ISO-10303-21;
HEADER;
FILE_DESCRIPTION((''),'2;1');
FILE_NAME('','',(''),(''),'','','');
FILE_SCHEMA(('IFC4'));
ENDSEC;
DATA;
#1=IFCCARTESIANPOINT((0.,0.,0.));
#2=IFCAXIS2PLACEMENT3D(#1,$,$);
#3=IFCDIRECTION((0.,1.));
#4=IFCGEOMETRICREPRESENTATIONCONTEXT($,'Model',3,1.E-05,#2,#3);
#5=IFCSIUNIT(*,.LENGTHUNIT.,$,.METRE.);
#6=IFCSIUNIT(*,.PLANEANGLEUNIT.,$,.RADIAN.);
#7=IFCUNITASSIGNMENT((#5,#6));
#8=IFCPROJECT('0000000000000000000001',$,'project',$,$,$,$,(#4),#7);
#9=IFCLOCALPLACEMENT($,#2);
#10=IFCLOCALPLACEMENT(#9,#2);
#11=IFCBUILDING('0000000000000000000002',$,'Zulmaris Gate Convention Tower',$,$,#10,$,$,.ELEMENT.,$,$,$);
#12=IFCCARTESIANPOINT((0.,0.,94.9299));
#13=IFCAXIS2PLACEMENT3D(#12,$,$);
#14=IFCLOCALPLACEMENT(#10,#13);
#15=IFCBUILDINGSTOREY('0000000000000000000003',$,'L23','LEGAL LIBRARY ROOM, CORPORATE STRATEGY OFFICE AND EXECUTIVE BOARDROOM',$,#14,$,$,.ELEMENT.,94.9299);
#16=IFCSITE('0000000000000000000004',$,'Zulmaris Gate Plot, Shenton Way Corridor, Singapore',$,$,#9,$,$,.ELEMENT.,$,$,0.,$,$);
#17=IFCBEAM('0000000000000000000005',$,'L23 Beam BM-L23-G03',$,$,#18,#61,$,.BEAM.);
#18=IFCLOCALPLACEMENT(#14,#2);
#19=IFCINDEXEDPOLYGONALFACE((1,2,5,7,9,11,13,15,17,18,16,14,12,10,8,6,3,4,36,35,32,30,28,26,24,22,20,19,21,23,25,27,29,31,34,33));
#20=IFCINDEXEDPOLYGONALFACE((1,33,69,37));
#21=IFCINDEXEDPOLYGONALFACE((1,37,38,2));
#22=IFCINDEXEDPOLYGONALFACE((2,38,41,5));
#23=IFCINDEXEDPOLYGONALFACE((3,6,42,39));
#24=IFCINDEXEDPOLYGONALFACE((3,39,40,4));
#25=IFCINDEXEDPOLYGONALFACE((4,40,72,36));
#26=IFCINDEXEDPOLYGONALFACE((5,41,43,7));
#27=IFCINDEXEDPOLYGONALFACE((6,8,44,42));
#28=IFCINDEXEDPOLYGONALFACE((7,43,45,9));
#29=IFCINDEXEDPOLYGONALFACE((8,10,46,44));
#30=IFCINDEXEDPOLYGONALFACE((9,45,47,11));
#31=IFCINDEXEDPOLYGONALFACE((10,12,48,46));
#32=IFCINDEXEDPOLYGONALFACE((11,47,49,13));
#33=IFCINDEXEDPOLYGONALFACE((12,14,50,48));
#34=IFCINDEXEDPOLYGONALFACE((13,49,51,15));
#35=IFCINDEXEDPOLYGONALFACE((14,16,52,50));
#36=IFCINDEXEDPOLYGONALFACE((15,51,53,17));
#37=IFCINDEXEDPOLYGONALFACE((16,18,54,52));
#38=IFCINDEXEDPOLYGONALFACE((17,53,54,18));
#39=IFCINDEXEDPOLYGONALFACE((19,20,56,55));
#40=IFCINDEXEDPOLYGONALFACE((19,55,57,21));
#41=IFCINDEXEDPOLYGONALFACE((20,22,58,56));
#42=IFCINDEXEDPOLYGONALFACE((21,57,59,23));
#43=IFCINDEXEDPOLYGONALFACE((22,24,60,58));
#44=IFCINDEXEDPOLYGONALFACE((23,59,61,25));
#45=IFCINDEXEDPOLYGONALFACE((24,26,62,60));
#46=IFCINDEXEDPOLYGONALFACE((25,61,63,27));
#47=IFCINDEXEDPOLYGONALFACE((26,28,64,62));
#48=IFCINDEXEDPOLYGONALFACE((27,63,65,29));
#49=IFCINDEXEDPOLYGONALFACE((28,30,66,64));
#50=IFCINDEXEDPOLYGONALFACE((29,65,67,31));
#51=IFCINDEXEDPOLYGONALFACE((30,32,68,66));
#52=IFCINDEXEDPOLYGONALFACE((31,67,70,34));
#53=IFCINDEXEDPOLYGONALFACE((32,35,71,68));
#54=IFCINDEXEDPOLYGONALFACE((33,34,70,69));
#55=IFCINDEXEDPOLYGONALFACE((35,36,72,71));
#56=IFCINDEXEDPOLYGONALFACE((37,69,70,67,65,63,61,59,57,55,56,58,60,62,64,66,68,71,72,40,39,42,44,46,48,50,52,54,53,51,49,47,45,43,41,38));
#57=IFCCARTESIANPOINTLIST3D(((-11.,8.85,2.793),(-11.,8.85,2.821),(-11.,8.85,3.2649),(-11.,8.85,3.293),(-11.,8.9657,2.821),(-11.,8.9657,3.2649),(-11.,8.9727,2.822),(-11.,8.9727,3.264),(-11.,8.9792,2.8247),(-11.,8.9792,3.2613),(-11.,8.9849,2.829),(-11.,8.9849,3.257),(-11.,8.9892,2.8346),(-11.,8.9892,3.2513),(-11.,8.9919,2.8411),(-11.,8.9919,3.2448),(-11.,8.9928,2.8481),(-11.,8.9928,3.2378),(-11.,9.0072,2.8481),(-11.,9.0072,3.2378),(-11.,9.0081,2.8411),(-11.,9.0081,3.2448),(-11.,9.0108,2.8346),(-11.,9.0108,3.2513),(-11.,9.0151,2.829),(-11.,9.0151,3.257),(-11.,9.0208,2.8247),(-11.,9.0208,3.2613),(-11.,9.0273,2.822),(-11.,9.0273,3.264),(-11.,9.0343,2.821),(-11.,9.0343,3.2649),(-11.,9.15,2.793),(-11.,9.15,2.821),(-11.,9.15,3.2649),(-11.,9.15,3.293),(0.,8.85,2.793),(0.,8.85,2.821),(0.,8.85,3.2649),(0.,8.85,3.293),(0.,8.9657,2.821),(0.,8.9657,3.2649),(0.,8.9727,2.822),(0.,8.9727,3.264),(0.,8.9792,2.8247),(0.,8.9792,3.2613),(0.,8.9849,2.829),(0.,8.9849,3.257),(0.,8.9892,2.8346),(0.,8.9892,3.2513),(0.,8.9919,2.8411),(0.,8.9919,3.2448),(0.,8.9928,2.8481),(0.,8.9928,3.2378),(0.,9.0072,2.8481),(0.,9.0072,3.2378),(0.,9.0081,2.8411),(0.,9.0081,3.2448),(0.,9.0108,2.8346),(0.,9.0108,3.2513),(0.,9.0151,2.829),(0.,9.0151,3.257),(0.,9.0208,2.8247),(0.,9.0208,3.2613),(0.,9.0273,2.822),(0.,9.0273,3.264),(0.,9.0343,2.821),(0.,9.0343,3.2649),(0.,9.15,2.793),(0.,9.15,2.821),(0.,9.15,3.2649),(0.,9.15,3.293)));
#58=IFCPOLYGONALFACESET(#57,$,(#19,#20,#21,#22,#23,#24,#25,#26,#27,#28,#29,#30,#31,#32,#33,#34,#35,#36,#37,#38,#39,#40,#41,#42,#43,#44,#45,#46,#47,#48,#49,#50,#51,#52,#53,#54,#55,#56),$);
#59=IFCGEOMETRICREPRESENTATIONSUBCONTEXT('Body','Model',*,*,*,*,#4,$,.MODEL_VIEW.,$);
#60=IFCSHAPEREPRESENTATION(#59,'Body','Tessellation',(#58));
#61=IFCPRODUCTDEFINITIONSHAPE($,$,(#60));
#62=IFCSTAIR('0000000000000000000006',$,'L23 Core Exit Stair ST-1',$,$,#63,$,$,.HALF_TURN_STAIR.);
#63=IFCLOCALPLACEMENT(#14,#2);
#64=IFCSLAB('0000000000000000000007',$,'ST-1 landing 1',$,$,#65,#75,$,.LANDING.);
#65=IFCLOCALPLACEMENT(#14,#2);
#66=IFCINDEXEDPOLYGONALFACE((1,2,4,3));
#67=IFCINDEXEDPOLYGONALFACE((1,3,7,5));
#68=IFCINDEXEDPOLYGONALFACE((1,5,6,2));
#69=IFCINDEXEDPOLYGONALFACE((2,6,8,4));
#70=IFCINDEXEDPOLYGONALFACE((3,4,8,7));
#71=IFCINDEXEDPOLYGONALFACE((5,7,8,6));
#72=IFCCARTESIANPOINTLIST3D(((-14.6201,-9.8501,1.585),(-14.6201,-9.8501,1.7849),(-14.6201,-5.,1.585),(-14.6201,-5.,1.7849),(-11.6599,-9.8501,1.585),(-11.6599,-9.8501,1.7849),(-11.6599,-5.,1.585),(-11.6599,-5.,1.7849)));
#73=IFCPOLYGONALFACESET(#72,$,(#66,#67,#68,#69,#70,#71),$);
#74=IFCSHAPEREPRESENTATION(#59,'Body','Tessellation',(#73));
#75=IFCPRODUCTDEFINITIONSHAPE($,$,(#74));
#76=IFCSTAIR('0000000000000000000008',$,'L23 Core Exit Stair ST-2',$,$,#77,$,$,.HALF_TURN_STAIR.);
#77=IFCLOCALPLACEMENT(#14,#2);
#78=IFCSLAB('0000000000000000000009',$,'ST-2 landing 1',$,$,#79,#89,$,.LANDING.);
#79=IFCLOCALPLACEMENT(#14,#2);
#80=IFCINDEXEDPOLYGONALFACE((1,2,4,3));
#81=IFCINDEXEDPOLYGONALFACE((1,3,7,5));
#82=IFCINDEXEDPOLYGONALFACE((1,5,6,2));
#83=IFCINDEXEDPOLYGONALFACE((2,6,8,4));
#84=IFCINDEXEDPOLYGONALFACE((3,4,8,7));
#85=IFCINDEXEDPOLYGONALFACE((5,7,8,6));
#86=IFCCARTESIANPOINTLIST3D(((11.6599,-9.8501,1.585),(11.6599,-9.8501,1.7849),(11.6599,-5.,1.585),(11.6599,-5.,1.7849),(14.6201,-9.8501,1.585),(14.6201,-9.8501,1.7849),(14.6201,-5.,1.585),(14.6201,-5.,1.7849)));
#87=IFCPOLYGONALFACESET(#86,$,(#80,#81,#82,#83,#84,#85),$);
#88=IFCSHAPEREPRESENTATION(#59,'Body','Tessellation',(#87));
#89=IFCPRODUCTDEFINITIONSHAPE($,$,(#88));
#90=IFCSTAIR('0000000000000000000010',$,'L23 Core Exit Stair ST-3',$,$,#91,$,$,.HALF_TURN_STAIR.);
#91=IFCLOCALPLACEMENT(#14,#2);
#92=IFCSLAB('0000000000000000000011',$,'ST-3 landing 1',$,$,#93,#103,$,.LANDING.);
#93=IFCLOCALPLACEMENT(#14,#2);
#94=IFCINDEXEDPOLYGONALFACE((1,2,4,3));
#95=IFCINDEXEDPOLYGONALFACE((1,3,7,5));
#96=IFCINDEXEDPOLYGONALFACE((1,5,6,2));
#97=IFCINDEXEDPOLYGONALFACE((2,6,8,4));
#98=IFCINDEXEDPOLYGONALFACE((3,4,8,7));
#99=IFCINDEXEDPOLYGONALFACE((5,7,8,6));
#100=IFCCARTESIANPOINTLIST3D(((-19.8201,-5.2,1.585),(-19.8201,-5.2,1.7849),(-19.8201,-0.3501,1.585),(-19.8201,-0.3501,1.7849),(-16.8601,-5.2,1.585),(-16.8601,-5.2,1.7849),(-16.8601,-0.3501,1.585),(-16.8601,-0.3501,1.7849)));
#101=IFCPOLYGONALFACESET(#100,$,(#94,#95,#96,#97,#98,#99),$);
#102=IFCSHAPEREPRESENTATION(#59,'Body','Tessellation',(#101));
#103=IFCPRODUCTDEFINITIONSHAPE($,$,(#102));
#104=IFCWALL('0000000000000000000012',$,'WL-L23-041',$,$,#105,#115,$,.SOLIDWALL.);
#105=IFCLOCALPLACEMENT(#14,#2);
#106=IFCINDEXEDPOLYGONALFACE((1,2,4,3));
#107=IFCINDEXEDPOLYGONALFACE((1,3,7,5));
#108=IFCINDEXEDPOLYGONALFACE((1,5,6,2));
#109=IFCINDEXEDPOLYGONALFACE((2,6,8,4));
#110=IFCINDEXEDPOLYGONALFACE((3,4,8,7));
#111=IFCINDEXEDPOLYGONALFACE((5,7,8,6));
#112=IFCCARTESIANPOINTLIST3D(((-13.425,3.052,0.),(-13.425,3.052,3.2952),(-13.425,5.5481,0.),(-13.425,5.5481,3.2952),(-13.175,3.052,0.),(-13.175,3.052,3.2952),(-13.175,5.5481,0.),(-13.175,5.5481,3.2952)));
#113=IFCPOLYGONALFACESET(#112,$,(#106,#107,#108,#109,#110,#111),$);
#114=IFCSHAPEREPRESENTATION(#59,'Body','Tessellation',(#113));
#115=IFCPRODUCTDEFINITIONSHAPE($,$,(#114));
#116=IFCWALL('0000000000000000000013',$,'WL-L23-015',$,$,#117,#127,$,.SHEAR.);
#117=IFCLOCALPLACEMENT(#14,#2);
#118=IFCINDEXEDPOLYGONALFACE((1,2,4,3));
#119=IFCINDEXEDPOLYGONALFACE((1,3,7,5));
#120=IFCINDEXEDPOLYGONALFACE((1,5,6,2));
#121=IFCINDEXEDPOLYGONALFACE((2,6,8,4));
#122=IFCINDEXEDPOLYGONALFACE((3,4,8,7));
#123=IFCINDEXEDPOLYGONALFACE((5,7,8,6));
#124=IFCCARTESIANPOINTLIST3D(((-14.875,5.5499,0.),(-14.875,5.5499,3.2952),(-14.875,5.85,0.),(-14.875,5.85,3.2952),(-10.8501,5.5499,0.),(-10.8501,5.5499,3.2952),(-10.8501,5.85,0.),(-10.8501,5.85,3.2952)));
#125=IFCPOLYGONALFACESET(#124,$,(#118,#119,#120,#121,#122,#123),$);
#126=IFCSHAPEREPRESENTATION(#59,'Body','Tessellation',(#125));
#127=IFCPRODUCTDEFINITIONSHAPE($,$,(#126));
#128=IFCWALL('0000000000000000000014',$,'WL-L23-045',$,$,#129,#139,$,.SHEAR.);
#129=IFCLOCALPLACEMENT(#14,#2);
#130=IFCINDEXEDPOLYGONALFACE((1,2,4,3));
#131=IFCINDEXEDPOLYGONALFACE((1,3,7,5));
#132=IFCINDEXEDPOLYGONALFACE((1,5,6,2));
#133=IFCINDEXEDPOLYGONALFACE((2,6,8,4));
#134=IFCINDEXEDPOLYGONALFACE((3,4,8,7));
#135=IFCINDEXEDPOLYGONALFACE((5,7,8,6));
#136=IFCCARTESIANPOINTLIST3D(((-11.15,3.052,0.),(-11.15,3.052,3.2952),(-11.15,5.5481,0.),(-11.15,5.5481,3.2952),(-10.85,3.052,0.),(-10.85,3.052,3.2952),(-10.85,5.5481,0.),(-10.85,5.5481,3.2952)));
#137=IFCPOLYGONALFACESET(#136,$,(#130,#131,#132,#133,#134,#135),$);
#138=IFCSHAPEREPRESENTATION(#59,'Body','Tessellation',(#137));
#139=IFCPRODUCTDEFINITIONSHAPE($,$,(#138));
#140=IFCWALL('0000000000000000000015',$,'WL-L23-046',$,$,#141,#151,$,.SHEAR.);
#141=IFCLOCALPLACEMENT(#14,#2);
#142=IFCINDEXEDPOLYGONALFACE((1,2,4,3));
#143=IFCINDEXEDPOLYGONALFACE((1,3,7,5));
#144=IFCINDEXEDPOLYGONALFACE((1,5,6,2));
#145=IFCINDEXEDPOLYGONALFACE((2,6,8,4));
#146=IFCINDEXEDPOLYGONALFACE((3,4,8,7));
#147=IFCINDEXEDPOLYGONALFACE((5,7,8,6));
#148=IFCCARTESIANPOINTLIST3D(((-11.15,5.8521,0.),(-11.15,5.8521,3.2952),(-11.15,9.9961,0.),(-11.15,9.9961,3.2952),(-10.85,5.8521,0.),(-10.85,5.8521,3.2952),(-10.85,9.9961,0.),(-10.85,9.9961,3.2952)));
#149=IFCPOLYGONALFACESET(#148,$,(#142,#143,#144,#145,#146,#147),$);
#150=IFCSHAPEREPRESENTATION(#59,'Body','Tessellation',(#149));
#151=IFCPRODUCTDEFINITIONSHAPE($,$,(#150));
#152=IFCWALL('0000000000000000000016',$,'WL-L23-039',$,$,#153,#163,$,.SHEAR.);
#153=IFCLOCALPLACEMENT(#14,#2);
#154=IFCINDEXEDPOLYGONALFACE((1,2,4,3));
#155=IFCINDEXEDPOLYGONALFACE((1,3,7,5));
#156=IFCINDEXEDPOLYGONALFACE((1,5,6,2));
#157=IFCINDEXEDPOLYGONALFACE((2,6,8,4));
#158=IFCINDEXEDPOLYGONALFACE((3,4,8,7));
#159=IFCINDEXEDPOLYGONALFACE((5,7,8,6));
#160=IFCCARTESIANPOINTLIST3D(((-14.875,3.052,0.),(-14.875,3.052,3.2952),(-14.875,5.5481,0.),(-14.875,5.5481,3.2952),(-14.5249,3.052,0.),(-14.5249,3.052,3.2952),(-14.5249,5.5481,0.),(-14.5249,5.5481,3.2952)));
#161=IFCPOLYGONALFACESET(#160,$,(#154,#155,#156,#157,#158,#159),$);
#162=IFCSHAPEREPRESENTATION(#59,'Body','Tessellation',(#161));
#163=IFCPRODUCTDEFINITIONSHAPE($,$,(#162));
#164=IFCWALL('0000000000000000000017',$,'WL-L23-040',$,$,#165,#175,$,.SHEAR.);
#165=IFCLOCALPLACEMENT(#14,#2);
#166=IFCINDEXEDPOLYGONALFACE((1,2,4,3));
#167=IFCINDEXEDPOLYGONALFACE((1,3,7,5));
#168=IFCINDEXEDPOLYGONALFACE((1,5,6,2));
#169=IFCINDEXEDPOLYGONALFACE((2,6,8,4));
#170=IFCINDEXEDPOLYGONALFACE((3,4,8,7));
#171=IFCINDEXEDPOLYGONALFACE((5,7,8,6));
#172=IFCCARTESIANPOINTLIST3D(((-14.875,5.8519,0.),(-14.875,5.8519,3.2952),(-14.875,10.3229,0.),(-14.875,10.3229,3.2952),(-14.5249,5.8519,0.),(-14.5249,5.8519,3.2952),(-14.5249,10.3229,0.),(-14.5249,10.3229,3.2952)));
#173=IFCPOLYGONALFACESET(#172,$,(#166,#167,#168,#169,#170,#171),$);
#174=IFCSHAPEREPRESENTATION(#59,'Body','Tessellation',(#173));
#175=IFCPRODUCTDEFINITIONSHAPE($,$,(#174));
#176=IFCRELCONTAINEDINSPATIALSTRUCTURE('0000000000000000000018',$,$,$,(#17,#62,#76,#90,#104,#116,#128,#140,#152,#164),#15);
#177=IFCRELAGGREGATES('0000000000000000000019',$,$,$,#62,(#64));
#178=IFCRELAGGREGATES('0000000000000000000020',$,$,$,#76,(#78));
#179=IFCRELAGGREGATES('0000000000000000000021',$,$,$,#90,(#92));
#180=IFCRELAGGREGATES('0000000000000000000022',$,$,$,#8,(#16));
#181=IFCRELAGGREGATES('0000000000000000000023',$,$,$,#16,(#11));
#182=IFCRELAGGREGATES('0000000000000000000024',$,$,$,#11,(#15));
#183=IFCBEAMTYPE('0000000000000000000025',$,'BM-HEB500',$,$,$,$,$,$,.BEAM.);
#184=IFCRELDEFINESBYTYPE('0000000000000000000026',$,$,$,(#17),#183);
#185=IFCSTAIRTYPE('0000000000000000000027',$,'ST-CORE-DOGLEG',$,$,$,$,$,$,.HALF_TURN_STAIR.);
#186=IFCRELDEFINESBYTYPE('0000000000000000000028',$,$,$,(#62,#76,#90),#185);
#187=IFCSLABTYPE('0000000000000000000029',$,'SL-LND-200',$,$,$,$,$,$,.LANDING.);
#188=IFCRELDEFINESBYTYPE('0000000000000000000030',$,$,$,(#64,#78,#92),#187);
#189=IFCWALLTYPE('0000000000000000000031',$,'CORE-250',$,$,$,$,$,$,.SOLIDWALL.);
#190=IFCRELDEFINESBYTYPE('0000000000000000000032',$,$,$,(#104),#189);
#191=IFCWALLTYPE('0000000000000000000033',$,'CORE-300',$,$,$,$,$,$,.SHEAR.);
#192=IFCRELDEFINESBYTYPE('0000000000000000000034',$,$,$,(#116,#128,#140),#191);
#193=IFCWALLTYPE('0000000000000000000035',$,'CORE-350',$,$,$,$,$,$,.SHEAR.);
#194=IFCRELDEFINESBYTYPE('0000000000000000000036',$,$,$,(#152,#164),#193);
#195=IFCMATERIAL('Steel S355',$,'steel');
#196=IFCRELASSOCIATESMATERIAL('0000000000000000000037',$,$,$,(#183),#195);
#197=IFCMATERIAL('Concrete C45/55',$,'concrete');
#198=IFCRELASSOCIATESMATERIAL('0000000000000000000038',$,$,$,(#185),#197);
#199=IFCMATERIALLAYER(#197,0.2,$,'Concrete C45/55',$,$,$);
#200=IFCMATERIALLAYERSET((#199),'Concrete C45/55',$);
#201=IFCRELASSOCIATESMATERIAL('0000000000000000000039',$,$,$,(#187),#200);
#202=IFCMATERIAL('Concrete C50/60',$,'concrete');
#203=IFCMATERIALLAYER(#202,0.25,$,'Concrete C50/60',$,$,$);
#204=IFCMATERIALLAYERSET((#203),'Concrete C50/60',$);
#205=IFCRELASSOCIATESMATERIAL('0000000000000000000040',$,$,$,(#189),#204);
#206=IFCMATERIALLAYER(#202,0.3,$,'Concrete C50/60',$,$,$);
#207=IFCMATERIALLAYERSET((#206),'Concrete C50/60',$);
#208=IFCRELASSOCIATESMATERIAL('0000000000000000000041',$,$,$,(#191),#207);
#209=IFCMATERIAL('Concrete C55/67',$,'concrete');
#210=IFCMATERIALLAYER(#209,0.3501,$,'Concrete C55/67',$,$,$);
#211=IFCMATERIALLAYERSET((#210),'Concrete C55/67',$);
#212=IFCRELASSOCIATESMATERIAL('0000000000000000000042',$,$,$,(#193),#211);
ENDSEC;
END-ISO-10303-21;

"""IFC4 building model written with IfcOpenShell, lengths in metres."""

from ifc_helpers import new_model, si_unit, direction, frame, frame_2d, origin, origin_2d, place, context, subcontext, project, spatial, polyline, rectangle, i_section, outline, extrude, material, layer, layer_set, material_profile, profile_set, type_object, element, aggregate, save


model = new_model("IFC4")

# Units and contexts
model_context = context("Model", 3, precision=1e-05, world=origin(), true_north=direction((0.0, 1.0)))
body_context = subcontext(model_context, "Body", "Model", "MODEL_VIEW")
ifc_project = project(units=[si_unit("LENGTHUNIT", "METRE"), si_unit("PLANEANGLEUNIT", "RADIAN")], contexts=[model_context])

# Site, building, storey
site_placement = place(None, origin())
site = spatial("IfcSite", under=ifc_project, at=site_placement, Name="Zulmaris Gate Plot, Shenton Way Corridor, Singapore", CompositionType="ELEMENT", RefElevation=0.0)
building_placement = place(site_placement, origin())
building = spatial("IfcBuilding", under=site, at=building_placement, Name="Zulmaris Gate Convention Tower", CompositionType="ELEMENT")
storey_placement = place(building_placement, frame((0.0, 0.0, 94.9299)))
storey = spatial("IfcBuildingStorey", under=building, at=storey_placement, Name="L23", Description="LEGAL LIBRARY ROOM, CORPORATE STRATEGY OFFICE AND EXECUTIVE BOARDROOM", CompositionType="ELEMENT", Elevation=94.9299)

# Beam
ifc_material_1 = material(Name="Steel S355", Category="steel")
ifc_material_profile = material_profile(ifc_material_1, i_section(OverallWidth=0.3, OverallDepth=0.5, WebThickness=0.0144, FlangeThickness=0.0281, FilletRadius=0.0271, at=origin_2d()), Name="HEB 500")
ifc_profile_set = profile_set([ifc_material_profile], Name="Steel S355")
beam_type = type_object("IfcBeamType", Name="BM-HEB500", PredefinedType="BEAM", material=ifc_profile_set)
beam_placement = place(storey_placement, frame((-11.0, 9.0, 3.043), z_axis=(1.0, 0.0, 0.0), x_axis=(0.0, 1.0, 0.0)))
element("IfcBeam", 1, at=beam_placement, inside=storey, type_object=beam_type, Name="L23 Beam BM-L23-G03", PredefinedType="BEAM", context=body_context, shape_type="SweptSolid", body=[
    extrude(i_section(OverallWidth=0.3, OverallDepth=0.5, WebThickness=0.0144, FlangeThickness=0.0281, FilletRadius=0.0271, at=origin_2d()), origin(), (0.0, 0.0, 1.0), 11.0),
])

# Stairs, slabs
ifc_material_2 = material(Name="Concrete C45/55", Category="concrete")
stair_type = type_object("IfcStairType", Name="ST-CORE-DOGLEG", PredefinedType="HALF_TURN_STAIR", material=ifc_material_2)
stair_1_placement = place(storey_placement, origin())
stair_1 = element("IfcStair", 2, at=stair_1_placement, inside=storey, type_object=stair_type, Name="L23 Core Exit Stair ST-1", PredefinedType="HALF_TURN_STAIR")
ifc_layer_1 = layer(ifc_material_2, 0.2, Name="Concrete C45/55")
ifc_layer_set_1 = layer_set([ifc_layer_1], Name="Concrete C45/55")
slab_type = type_object("IfcSlabType", Name="SL-LND-200", PredefinedType="LANDING", material=ifc_layer_set_1)
slab_1_placement = place(storey_placement, frame((0.0, 0.0, 1.585)))
slab_1 = element("IfcSlab", 3, at=slab_1_placement, type_object=slab_type, Name="ST-1 landing 1", PredefinedType="LANDING", context=body_context, shape_type="SweptSolid", body=[
    extrude(outline(polyline([(-14.6201, -5.0), (-14.6201, -9.8501), (-11.6599, -9.8501), (-11.6599, -5.0), (-14.6201, -5.0)])), origin(), (0.0, 0.0, 1.0), 0.2),
])
aggregate(stair_1, [slab_1])
stair_2_placement = place(storey_placement, origin())
stair_2 = element("IfcStair", 4, at=stair_2_placement, inside=storey, type_object=stair_type, Name="L23 Core Exit Stair ST-2", PredefinedType="HALF_TURN_STAIR")
slab_2_placement = place(storey_placement, frame((0.0, 0.0, 1.585)))
slab_2 = element("IfcSlab", 5, at=slab_2_placement, type_object=slab_type, Name="ST-2 landing 1", PredefinedType="LANDING", context=body_context, shape_type="SweptSolid", body=[
    extrude(outline(polyline([(11.6599, -5.0), (11.6599, -9.8501), (14.6201, -9.8501), (14.6201, -5.0), (11.6599, -5.0)])), origin(), (0.0, 0.0, 1.0), 0.2),
])
aggregate(stair_2, [slab_2])
stair_3_placement = place(storey_placement, origin())
stair_3 = element("IfcStair", 6, at=stair_3_placement, inside=storey, type_object=stair_type, Name="L23 Core Exit Stair ST-3", PredefinedType="HALF_TURN_STAIR")
slab_3_placement = place(storey_placement, frame((0.0, 0.0, 1.585)))
slab_3 = element("IfcSlab", 7, at=slab_3_placement, type_object=slab_type, Name="ST-3 landing 1", PredefinedType="LANDING", context=body_context, shape_type="SweptSolid", body=[
    extrude(outline(polyline([(-16.8601, -5.2), (-16.8601, -0.3501), (-19.8201, -0.3501), (-19.8201, -5.2), (-16.8601, -5.2)])), origin(), (0.0, 0.0, 1.0), 0.2),
])
aggregate(stair_3, [slab_3])

# Walls
ifc_material_3 = material(Name="Concrete C50/60", Category="concrete")
ifc_layer_2 = layer(ifc_material_3, 0.25, Name="Concrete C50/60")
ifc_layer_set_2 = layer_set([ifc_layer_2], Name="Concrete C50/60")
wall_type_1 = type_object("IfcWallType", Name="CORE-250", PredefinedType="SOLIDWALL", material=ifc_layer_set_2)
wall_1_placement = place(storey_placement, frame((-13.3, 3.052, 0.0), z_axis=(0.0, 0.0, 1.0), x_axis=(0.0, 1.0, 0.0)))
element("IfcWall", 8, at=wall_1_placement, inside=storey, type_object=wall_type_1, Name="WL-L23-041", PredefinedType="SOLIDWALL", context=body_context, shape_type="SweptSolid", body=[
    extrude(rectangle(XDim=2.4961, YDim=0.25, at=frame_2d((1.248, 0.0))), origin(), (0.0, 0.0, 1.0), 3.2952),
])
ifc_layer_3 = layer(ifc_material_3, 0.3, Name="Concrete C50/60")
ifc_layer_set_3 = layer_set([ifc_layer_3], Name="Concrete C50/60")
wall_type_2 = type_object("IfcWallType", Name="CORE-300", PredefinedType="SHEAR", material=ifc_layer_set_3)
wall_2_placement = place(storey_placement, frame((-14.875, 5.7, 0.0), z_axis=(0.0, 0.0, 1.0), x_axis=(1.0, 0.0, 0.0)))
element("IfcWall", 9, at=wall_2_placement, inside=storey, type_object=wall_type_2, Name="WL-L23-015", PredefinedType="SHEAR", context=body_context, shape_type="SweptSolid", body=[
    extrude(rectangle(XDim=4.0249, YDim=0.3, at=frame_2d((2.0125, 0.0))), origin(), (0.0, 0.0, 1.0), 3.2952),
])

# Walls
wall_3_placement = place(storey_placement, frame((-11.0, 3.052, 0.0), z_axis=(0.0, 0.0, 1.0), x_axis=(0.0, 1.0, 0.0)))
element("IfcWall", 10, at=wall_3_placement, inside=storey, type_object=wall_type_2, Name="WL-L23-045", PredefinedType="SHEAR", context=body_context, shape_type="SweptSolid", body=[
    extrude(rectangle(XDim=2.4961, YDim=0.3, at=frame_2d((1.248, 0.0))), origin(), (0.0, 0.0, 1.0), 3.2952),
])
wall_4_placement = place(storey_placement, frame((-11.0, 5.8521, 0.0), z_axis=(0.0, 0.0, 1.0), x_axis=(0.0, 1.0, 0.0)))
element("IfcWall", 11, at=wall_4_placement, inside=storey, type_object=wall_type_2, Name="WL-L23-046", PredefinedType="SHEAR", context=body_context, shape_type="SweptSolid", body=[
    extrude(rectangle(XDim=4.144, YDim=0.3, at=frame_2d((2.072, 0.0))), origin(), (0.0, 0.0, 1.0), 3.2952),
])
ifc_material_4 = material(Name="Concrete C55/67", Category="concrete")
ifc_layer_4 = layer(ifc_material_4, 0.3501, Name="Concrete C55/67")
ifc_layer_set_4 = layer_set([ifc_layer_4], Name="Concrete C55/67")
wall_type_3 = type_object("IfcWallType", Name="CORE-350", PredefinedType="SHEAR", material=ifc_layer_set_4)
wall_5_placement = place(storey_placement, frame((-14.7, 3.052, 0.0), z_axis=(0.0, 0.0, 1.0), x_axis=(0.0, 1.0, 0.0)))
element("IfcWall", 12, at=wall_5_placement, inside=storey, type_object=wall_type_3, Name="WL-L23-039", PredefinedType="SHEAR", context=body_context, shape_type="SweptSolid", body=[
    extrude(rectangle(XDim=2.4961, YDim=0.3501, at=frame_2d((1.248, 0.0))), origin(), (0.0, 0.0, 1.0), 3.2952),
])
wall_6_placement = place(storey_placement, frame((-14.7, 5.8521, 0.0), z_axis=(0.0, 0.0, 1.0), x_axis=(0.0, 1.0, 0.0)))
element("IfcWall", 13, at=wall_6_placement, inside=storey, type_object=wall_type_3, Name="WL-L23-040", PredefinedType="SHEAR", context=body_context, shape_type="SweptSolid", body=[
    extrude(rectangle(XDim=4.4709, YDim=0.3501, at=frame_2d((2.2354, 0.0))), origin(), (0.0, 0.0, 1.0), 3.2952),
])

save(model, "model.ifc")
